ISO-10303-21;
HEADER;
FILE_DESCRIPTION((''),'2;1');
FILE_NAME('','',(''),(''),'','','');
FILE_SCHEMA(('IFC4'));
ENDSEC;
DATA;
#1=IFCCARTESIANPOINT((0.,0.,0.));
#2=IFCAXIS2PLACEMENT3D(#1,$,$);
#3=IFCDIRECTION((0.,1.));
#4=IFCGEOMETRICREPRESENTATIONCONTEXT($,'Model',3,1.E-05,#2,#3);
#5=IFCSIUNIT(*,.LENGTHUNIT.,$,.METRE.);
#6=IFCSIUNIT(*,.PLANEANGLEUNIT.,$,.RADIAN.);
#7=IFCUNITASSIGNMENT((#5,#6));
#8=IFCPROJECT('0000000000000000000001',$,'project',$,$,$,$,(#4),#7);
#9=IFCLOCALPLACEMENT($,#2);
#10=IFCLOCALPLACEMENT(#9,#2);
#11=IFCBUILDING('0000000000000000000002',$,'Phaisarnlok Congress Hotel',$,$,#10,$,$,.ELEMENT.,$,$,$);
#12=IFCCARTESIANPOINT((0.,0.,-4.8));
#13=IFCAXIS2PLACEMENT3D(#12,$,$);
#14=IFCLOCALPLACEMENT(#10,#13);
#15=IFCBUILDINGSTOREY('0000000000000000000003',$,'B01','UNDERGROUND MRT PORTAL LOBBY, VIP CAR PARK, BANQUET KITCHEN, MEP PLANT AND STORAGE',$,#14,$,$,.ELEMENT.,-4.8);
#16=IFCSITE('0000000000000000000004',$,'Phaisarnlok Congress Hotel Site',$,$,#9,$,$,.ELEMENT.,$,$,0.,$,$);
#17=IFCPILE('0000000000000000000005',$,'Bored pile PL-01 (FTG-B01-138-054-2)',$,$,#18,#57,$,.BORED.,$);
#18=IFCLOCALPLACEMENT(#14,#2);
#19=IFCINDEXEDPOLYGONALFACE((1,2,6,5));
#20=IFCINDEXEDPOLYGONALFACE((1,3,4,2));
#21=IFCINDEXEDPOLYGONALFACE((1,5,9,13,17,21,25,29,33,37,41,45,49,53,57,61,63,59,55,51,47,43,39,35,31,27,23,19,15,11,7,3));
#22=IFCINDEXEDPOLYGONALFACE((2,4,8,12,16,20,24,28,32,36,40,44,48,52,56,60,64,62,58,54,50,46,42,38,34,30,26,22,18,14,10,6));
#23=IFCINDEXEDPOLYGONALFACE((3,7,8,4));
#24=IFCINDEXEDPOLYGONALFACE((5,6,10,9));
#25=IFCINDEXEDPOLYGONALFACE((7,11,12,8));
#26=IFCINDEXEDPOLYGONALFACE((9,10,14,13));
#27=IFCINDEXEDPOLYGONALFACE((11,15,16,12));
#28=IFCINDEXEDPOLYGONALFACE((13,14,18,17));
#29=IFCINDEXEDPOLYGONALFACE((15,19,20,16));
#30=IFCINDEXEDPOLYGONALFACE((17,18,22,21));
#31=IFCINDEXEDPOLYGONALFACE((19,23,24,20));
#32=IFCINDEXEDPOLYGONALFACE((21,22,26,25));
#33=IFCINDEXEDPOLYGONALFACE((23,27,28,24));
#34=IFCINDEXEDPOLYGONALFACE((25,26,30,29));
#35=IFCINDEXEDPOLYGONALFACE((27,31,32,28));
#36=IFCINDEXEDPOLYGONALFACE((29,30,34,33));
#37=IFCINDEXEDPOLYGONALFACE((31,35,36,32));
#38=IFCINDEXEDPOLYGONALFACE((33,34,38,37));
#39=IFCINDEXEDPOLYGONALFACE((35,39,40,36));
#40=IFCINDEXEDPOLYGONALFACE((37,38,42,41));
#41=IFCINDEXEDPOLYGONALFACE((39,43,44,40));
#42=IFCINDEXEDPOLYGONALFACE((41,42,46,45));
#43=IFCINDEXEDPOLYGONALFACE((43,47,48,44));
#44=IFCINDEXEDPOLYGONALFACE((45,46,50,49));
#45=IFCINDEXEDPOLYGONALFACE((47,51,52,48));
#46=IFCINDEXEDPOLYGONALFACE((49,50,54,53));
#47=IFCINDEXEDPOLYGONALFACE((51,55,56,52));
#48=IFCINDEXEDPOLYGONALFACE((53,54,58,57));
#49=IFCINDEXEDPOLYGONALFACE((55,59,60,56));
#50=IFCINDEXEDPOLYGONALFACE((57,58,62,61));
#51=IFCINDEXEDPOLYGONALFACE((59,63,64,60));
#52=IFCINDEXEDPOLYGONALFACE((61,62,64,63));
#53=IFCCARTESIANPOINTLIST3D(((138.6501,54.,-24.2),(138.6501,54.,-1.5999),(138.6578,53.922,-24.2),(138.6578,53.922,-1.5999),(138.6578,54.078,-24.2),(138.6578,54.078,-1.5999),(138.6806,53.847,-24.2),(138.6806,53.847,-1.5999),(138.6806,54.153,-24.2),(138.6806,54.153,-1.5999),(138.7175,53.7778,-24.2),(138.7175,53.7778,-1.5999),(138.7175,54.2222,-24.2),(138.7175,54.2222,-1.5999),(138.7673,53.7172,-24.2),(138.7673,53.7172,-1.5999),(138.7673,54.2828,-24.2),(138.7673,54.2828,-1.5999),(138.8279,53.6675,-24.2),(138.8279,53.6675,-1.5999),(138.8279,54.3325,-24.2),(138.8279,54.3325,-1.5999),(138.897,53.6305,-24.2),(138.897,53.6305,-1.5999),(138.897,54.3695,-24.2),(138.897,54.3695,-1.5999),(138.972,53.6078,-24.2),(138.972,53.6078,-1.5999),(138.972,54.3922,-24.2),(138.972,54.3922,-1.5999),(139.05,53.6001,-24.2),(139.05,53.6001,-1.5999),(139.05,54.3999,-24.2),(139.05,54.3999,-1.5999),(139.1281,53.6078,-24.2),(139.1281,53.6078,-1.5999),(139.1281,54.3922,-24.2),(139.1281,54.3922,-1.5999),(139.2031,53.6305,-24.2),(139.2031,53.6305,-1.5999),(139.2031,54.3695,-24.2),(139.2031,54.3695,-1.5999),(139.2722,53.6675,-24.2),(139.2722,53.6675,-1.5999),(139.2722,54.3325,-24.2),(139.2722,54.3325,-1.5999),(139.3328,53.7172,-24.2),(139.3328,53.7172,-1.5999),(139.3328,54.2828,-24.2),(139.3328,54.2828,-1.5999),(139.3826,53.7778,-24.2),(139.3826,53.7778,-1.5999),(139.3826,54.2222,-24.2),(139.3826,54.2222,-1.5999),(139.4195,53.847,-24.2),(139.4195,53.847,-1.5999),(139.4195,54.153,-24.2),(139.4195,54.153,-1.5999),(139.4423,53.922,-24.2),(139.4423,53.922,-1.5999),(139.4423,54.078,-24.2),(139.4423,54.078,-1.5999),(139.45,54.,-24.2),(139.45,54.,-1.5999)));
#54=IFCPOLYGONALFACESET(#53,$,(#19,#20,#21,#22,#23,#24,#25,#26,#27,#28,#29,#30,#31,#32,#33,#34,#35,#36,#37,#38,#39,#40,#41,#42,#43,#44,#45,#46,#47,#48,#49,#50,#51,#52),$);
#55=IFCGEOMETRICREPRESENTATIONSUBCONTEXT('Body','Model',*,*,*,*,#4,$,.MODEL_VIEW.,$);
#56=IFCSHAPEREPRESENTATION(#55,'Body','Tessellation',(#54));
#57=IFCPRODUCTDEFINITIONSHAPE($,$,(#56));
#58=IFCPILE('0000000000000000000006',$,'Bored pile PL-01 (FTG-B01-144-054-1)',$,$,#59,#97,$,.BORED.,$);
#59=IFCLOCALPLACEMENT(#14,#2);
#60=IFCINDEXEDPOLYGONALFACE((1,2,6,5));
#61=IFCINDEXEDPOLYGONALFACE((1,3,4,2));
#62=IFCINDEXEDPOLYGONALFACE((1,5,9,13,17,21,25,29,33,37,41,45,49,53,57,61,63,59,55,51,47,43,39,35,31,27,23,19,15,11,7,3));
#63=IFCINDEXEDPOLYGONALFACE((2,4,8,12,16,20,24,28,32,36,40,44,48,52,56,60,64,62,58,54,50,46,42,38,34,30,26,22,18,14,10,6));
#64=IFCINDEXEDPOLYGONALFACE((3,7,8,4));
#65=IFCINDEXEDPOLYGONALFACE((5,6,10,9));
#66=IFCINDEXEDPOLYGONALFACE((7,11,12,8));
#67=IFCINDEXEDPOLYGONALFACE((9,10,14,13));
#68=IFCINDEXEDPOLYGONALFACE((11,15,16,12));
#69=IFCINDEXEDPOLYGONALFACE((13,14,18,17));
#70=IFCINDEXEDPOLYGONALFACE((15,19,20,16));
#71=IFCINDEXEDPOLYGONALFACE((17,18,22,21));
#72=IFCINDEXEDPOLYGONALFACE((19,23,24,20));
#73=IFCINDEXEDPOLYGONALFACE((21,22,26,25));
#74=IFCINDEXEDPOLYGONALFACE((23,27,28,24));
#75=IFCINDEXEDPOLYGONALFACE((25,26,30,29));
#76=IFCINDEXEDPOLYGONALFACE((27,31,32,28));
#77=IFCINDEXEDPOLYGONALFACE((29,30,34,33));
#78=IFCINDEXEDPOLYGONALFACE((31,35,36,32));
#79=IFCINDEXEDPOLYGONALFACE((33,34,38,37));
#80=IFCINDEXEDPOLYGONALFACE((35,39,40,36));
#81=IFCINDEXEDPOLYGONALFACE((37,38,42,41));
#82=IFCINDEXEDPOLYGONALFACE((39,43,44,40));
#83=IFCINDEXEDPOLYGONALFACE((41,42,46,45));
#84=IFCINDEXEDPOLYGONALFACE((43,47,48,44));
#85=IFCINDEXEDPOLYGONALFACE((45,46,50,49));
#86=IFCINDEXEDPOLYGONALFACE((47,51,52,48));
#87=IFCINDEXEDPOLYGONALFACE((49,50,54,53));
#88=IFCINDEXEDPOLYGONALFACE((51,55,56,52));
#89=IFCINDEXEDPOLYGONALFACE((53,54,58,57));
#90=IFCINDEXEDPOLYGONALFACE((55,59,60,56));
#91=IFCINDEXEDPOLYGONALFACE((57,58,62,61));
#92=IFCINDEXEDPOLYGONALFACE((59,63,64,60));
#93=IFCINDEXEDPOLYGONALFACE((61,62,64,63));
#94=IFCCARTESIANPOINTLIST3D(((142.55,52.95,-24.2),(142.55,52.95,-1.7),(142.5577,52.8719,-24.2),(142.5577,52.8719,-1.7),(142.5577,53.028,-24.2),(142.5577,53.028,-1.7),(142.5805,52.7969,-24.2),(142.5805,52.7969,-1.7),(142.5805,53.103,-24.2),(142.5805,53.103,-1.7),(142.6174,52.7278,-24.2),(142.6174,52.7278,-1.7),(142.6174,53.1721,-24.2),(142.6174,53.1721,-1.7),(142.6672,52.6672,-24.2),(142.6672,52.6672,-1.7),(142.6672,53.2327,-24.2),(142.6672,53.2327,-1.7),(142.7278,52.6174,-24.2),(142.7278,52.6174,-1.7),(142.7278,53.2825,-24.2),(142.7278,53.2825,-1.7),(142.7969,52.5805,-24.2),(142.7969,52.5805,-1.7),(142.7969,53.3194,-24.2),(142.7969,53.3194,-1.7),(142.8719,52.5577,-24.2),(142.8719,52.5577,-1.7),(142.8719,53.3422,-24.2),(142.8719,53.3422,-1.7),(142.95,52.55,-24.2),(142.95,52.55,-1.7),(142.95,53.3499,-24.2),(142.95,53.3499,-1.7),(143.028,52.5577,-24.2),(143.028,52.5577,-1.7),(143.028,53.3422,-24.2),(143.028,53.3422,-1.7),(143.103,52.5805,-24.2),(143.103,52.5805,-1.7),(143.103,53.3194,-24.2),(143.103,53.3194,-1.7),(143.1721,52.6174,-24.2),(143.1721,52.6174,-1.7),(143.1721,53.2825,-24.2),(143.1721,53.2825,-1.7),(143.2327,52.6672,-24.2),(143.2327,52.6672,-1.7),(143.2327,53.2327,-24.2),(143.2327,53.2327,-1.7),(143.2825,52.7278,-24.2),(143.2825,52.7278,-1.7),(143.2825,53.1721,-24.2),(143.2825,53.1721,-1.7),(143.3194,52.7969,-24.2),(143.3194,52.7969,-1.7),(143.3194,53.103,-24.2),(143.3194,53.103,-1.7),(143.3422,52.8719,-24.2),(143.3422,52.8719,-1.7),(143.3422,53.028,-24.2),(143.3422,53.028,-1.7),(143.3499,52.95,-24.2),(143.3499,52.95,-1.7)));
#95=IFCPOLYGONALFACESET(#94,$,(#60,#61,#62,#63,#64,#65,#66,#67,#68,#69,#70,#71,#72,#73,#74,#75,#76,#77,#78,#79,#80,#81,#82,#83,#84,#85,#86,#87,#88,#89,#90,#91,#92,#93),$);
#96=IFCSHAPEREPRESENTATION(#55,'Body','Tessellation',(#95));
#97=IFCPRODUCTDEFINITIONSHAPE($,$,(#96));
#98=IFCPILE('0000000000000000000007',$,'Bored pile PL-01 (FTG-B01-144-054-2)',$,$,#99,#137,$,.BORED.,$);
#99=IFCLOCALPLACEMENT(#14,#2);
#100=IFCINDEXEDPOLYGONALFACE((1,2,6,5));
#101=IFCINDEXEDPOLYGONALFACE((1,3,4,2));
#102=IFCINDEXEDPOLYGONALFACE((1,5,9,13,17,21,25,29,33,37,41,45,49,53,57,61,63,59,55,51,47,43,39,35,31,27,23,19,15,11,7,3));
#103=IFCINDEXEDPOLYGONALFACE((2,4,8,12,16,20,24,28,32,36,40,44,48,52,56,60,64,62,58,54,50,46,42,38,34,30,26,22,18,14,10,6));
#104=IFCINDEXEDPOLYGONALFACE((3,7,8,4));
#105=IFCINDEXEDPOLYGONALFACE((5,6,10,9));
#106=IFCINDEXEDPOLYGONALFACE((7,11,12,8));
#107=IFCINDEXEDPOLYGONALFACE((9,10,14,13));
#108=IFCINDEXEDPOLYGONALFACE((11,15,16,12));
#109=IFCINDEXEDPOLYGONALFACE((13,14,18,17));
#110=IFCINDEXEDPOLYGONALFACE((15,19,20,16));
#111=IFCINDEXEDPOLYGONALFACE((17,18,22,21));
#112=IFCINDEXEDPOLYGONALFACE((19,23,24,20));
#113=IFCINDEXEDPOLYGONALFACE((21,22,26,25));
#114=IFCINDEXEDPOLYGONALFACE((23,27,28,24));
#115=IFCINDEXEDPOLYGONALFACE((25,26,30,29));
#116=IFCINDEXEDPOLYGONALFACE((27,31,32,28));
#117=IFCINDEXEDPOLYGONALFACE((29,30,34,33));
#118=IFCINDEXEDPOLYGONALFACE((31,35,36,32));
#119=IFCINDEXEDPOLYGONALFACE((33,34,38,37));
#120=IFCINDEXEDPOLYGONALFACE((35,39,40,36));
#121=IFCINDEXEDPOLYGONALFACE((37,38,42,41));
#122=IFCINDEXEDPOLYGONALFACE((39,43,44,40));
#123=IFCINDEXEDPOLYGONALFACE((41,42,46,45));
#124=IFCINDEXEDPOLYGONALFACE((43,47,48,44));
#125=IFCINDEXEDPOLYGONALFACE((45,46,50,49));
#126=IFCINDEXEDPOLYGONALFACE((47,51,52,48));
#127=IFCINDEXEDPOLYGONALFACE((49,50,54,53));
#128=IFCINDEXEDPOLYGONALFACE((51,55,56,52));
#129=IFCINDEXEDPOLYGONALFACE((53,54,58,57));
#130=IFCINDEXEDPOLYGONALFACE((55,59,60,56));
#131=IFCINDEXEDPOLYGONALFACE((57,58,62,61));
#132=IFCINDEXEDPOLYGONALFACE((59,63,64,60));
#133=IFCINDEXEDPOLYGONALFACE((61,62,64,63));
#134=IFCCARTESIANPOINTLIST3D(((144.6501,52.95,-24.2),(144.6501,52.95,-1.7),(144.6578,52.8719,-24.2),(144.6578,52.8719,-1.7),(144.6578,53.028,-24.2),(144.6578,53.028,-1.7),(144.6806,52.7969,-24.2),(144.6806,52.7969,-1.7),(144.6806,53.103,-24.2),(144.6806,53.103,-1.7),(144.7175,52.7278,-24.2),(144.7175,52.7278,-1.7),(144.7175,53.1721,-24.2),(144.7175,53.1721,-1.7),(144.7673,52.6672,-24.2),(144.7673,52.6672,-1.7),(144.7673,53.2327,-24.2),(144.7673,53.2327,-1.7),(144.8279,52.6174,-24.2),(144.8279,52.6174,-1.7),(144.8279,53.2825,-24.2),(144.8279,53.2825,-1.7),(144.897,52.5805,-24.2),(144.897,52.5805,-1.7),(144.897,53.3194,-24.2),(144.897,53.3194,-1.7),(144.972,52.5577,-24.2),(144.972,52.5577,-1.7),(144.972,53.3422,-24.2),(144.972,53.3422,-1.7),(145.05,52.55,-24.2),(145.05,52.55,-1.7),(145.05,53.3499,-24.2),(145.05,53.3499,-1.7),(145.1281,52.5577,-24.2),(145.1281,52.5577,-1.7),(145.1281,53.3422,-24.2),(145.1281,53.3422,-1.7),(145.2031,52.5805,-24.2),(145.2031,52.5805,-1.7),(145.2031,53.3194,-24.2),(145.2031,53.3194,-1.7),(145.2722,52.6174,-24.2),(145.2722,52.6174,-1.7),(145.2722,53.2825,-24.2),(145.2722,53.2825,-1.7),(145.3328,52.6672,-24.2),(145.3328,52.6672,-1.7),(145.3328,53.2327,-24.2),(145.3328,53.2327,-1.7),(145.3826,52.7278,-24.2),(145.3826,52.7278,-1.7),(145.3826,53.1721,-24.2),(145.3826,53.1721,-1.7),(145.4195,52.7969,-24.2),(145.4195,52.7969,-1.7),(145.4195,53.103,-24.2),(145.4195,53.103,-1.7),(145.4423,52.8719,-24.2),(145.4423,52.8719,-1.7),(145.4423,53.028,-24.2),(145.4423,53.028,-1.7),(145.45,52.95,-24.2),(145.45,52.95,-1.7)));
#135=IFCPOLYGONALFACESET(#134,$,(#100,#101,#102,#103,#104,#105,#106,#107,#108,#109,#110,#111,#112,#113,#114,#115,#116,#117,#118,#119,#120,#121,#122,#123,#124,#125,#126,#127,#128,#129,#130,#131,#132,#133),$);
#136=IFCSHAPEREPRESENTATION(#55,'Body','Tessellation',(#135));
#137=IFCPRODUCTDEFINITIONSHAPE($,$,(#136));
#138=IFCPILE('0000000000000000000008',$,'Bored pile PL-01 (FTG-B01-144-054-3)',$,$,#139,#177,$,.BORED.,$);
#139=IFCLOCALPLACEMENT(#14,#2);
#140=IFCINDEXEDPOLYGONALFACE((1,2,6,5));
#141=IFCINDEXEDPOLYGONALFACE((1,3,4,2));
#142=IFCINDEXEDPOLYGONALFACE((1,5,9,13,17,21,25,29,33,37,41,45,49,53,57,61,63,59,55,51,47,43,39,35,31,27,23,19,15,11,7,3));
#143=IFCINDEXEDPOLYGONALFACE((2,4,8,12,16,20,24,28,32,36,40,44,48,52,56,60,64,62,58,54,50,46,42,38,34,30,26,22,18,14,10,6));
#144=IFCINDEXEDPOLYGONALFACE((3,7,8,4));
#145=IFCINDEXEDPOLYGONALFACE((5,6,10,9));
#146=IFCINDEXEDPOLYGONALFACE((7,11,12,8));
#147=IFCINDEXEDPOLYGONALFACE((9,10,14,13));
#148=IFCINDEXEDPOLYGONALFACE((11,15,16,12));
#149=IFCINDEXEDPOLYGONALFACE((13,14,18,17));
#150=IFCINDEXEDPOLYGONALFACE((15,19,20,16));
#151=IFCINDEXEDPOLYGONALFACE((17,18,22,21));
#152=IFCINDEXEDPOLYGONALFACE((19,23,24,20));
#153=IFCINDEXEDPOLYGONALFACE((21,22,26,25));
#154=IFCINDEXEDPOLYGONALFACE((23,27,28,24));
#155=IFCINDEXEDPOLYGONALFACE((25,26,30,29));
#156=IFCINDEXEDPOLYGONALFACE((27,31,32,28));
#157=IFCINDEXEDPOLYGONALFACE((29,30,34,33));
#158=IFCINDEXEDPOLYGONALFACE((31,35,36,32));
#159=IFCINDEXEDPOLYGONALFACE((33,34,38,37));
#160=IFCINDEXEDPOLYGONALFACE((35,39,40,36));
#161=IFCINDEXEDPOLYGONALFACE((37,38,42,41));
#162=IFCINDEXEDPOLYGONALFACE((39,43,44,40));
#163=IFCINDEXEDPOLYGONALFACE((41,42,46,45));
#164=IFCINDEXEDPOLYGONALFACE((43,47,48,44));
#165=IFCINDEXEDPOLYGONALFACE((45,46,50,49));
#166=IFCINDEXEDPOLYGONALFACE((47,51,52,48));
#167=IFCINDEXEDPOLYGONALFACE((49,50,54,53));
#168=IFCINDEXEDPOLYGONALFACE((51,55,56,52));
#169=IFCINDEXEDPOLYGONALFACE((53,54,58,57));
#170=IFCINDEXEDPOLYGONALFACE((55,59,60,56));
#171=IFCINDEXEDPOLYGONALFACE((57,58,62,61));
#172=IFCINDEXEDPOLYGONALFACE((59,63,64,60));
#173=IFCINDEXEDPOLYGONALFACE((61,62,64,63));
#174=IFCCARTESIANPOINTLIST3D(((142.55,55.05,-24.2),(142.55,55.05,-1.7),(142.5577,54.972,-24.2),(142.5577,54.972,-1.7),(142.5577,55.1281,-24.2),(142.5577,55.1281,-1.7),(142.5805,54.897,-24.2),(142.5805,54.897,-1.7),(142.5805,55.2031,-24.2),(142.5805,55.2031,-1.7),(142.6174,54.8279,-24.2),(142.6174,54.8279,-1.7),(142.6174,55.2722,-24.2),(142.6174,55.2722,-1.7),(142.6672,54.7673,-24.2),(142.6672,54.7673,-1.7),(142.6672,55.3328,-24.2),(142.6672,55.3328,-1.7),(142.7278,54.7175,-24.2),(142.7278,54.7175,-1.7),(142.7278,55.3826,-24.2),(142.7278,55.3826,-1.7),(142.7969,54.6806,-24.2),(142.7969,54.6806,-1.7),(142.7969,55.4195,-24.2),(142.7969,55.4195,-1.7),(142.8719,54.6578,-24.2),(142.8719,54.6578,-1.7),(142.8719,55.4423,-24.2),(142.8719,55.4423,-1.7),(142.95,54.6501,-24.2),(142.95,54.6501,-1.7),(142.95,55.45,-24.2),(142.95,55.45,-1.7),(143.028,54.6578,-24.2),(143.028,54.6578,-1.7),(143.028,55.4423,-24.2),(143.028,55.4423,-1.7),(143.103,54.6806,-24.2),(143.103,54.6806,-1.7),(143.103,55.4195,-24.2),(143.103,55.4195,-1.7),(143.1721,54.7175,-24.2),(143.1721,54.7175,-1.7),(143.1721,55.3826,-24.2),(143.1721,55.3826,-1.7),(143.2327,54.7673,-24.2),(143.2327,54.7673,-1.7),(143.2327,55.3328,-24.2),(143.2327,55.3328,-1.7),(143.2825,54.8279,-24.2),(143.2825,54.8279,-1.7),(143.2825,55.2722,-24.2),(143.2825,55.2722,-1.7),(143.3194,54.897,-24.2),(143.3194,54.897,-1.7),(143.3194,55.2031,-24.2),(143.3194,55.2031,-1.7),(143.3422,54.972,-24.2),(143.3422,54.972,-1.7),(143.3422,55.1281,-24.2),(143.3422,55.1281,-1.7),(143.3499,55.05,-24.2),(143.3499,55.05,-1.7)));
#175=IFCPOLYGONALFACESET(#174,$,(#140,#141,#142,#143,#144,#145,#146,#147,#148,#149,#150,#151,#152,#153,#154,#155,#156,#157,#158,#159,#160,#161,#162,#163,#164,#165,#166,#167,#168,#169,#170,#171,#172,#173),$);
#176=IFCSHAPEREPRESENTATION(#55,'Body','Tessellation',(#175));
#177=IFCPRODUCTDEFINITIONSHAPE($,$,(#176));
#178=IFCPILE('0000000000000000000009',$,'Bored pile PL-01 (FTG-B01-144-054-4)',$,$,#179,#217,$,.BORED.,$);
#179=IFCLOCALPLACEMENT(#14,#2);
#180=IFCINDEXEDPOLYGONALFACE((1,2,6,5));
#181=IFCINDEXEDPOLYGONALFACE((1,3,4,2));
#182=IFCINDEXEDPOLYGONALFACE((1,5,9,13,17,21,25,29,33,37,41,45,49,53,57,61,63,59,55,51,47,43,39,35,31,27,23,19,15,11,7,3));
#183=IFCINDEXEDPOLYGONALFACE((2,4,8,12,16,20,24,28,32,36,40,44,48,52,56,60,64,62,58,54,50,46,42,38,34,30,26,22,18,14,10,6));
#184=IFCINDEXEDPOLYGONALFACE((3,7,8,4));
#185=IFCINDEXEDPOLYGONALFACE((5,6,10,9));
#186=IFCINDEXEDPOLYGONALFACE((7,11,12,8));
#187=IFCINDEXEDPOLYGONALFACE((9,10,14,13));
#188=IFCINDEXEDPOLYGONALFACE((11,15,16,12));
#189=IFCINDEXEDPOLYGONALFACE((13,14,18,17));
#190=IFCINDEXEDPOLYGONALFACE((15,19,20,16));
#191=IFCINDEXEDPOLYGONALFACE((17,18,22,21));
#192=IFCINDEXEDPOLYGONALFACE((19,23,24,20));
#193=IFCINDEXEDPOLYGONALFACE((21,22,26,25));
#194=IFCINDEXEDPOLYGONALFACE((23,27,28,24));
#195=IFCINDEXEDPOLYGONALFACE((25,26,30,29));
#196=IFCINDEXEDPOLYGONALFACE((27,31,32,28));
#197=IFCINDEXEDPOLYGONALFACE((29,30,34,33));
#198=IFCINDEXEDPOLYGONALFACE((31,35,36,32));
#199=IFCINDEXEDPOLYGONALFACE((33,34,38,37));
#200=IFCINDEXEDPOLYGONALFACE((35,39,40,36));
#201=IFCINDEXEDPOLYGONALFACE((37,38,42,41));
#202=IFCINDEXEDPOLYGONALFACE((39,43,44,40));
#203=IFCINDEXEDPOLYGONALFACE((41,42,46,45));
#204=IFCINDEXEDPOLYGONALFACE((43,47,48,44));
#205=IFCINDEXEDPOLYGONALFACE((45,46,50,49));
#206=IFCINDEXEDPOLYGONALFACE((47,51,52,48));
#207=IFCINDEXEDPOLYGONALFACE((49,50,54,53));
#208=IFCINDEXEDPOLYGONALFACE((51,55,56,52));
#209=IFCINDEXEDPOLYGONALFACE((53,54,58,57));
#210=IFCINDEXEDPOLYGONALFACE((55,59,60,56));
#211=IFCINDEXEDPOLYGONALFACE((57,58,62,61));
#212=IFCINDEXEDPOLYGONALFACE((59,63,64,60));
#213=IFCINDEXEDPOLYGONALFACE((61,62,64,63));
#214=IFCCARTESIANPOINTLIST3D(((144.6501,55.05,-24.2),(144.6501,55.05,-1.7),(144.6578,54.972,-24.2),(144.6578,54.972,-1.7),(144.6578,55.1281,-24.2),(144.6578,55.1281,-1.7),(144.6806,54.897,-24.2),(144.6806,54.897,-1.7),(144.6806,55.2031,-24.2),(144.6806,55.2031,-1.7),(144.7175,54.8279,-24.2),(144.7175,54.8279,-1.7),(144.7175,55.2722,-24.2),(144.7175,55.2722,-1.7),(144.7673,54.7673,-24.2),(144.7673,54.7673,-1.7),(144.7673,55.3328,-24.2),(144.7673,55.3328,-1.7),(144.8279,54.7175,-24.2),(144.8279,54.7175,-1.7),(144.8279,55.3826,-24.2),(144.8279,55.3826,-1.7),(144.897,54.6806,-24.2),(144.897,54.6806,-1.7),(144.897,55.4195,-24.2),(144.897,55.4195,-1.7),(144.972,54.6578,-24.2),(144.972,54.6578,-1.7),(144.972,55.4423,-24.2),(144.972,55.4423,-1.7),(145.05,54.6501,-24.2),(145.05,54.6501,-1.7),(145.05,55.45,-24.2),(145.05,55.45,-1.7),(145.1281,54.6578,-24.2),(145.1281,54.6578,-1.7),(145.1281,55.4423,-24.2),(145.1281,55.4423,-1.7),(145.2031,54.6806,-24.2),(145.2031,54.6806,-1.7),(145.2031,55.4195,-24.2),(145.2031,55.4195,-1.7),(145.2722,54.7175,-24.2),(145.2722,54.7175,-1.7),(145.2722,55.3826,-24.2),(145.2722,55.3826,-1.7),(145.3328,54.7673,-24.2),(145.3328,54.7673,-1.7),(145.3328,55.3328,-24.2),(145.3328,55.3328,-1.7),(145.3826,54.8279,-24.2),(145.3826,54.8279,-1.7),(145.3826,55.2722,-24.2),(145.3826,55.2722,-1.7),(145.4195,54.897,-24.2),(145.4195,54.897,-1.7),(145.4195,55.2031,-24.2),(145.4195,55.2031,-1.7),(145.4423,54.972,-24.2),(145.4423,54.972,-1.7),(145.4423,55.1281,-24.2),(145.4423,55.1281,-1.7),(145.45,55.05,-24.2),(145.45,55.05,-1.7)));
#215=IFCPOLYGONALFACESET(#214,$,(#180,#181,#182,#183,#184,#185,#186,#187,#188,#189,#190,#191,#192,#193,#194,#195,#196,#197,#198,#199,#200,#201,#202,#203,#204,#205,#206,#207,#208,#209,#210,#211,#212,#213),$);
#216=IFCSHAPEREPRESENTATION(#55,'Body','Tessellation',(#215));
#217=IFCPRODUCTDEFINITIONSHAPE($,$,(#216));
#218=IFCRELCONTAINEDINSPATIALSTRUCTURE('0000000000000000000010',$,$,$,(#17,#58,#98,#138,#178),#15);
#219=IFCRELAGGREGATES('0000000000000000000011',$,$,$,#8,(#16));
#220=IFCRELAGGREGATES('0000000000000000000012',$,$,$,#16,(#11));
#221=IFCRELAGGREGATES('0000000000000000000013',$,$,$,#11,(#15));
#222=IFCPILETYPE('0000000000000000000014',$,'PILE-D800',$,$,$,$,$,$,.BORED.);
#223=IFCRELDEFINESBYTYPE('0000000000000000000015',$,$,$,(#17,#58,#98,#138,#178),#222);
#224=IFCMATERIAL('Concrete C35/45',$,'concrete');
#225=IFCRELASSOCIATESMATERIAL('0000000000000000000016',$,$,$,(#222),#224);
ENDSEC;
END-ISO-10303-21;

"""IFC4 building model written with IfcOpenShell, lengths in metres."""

from ifc_helpers import new_model, si_unit, direction, frame, origin, origin_2d, place, context, subcontext, project, spatial, circle, extrude, material, material_profile, profile_set, type_object, element, save


model = new_model("IFC4")

# Units and contexts
model_context = context("Model", 3, precision=1e-05, world=origin(), true_north=direction((0.0, 1.0)))
body_context = subcontext(model_context, "Body", "Model", "MODEL_VIEW")
ifc_project = project(units=[si_unit("LENGTHUNIT", "METRE"), si_unit("PLANEANGLEUNIT", "RADIAN")], contexts=[model_context])

# Site, building, storey
site_placement = place(None, origin())
site = spatial("IfcSite", under=ifc_project, at=site_placement, Name="Phaisarnlok Congress Hotel Site", CompositionType="ELEMENT", RefElevation=0.0)
building_placement = place(site_placement, origin())
building = spatial("IfcBuilding", under=site, at=building_placement, Name="Phaisarnlok Congress Hotel", CompositionType="ELEMENT")
storey_placement = place(building_placement, frame((0.0, 0.0, -4.8)))
storey = spatial("IfcBuildingStorey", under=building, at=storey_placement, Name="B01", Description="UNDERGROUND MRT PORTAL LOBBY, VIP CAR PARK, BANQUET KITCHEN, MEP PLANT AND STORAGE", CompositionType="ELEMENT", Elevation=-4.8)

# Piles
ifc_material_1 = material(Name="Concrete C35/45", Category="concrete")
ifc_material_profile_1 = material_profile(ifc_material_1, circle(Radius=0.3999, at=origin_2d()), Name="BORED PILE D800")
ifc_profile_set_1 = profile_set([ifc_material_profile_1], Name="Concrete C35/45")
pile_type_1 = type_object("IfcPileType", Name="PILE-D800", PredefinedType="BORED", material=ifc_profile_set_1)
pile_1_placement = place(storey_placement, frame((139.05, 54.0, -1.5999), z_axis=(0.0, 0.0, -1.0), x_axis=(1.0, 0.0, 0.0)))
element("IfcPile", 1, at=pile_1_placement, inside=storey, type_object=pile_type_1, Name="Bored pile PL-01 (FTG-B01-138-054-2)", PredefinedType="BORED", context=body_context, shape_type="SweptSolid", body=[
    extrude(circle(Radius=0.3999, at=origin_2d()), origin(), (0.0, 0.0, 1.0), 22.6001),
])
for number, where, z_axis, x_axis, name in (
    (2, (142.95, 52.95, -1.7), (0.0, 0.0, -1.0), (1.0, 0.0, 0.0), "Bored pile PL-01 (FTG-B01-144-054-1)"),
    (3, (145.05, 52.95, -1.7), (0.0, 0.0, -1.0), (1.0, 0.0, 0.0), "Bored pile PL-01 (FTG-B01-144-054-2)"),
    (4, (142.95, 55.05, -1.7), (0.0, 0.0, -1.0), (1.0, 0.0, 0.0), "Bored pile PL-01 (FTG-B01-144-054-3)"),
    (5, (145.05, 55.05, -1.7), (0.0, 0.0, -1.0), (1.0, 0.0, 0.0), "Bored pile PL-01 (FTG-B01-144-054-4)"),
):
    element("IfcPile", number, at=place(storey_placement, frame(where, z_axis=z_axis, x_axis=x_axis)), inside=storey, type_object=pile_type_1, Name=name, PredefinedType="BORED", context=body_context, shape_type="SweptSolid", body=[
        extrude(circle(Radius=0.3999, at=origin_2d()), origin(), (0.0, 0.0, 1.0), 22.5),
    ])

save(model, "model.ifc")
